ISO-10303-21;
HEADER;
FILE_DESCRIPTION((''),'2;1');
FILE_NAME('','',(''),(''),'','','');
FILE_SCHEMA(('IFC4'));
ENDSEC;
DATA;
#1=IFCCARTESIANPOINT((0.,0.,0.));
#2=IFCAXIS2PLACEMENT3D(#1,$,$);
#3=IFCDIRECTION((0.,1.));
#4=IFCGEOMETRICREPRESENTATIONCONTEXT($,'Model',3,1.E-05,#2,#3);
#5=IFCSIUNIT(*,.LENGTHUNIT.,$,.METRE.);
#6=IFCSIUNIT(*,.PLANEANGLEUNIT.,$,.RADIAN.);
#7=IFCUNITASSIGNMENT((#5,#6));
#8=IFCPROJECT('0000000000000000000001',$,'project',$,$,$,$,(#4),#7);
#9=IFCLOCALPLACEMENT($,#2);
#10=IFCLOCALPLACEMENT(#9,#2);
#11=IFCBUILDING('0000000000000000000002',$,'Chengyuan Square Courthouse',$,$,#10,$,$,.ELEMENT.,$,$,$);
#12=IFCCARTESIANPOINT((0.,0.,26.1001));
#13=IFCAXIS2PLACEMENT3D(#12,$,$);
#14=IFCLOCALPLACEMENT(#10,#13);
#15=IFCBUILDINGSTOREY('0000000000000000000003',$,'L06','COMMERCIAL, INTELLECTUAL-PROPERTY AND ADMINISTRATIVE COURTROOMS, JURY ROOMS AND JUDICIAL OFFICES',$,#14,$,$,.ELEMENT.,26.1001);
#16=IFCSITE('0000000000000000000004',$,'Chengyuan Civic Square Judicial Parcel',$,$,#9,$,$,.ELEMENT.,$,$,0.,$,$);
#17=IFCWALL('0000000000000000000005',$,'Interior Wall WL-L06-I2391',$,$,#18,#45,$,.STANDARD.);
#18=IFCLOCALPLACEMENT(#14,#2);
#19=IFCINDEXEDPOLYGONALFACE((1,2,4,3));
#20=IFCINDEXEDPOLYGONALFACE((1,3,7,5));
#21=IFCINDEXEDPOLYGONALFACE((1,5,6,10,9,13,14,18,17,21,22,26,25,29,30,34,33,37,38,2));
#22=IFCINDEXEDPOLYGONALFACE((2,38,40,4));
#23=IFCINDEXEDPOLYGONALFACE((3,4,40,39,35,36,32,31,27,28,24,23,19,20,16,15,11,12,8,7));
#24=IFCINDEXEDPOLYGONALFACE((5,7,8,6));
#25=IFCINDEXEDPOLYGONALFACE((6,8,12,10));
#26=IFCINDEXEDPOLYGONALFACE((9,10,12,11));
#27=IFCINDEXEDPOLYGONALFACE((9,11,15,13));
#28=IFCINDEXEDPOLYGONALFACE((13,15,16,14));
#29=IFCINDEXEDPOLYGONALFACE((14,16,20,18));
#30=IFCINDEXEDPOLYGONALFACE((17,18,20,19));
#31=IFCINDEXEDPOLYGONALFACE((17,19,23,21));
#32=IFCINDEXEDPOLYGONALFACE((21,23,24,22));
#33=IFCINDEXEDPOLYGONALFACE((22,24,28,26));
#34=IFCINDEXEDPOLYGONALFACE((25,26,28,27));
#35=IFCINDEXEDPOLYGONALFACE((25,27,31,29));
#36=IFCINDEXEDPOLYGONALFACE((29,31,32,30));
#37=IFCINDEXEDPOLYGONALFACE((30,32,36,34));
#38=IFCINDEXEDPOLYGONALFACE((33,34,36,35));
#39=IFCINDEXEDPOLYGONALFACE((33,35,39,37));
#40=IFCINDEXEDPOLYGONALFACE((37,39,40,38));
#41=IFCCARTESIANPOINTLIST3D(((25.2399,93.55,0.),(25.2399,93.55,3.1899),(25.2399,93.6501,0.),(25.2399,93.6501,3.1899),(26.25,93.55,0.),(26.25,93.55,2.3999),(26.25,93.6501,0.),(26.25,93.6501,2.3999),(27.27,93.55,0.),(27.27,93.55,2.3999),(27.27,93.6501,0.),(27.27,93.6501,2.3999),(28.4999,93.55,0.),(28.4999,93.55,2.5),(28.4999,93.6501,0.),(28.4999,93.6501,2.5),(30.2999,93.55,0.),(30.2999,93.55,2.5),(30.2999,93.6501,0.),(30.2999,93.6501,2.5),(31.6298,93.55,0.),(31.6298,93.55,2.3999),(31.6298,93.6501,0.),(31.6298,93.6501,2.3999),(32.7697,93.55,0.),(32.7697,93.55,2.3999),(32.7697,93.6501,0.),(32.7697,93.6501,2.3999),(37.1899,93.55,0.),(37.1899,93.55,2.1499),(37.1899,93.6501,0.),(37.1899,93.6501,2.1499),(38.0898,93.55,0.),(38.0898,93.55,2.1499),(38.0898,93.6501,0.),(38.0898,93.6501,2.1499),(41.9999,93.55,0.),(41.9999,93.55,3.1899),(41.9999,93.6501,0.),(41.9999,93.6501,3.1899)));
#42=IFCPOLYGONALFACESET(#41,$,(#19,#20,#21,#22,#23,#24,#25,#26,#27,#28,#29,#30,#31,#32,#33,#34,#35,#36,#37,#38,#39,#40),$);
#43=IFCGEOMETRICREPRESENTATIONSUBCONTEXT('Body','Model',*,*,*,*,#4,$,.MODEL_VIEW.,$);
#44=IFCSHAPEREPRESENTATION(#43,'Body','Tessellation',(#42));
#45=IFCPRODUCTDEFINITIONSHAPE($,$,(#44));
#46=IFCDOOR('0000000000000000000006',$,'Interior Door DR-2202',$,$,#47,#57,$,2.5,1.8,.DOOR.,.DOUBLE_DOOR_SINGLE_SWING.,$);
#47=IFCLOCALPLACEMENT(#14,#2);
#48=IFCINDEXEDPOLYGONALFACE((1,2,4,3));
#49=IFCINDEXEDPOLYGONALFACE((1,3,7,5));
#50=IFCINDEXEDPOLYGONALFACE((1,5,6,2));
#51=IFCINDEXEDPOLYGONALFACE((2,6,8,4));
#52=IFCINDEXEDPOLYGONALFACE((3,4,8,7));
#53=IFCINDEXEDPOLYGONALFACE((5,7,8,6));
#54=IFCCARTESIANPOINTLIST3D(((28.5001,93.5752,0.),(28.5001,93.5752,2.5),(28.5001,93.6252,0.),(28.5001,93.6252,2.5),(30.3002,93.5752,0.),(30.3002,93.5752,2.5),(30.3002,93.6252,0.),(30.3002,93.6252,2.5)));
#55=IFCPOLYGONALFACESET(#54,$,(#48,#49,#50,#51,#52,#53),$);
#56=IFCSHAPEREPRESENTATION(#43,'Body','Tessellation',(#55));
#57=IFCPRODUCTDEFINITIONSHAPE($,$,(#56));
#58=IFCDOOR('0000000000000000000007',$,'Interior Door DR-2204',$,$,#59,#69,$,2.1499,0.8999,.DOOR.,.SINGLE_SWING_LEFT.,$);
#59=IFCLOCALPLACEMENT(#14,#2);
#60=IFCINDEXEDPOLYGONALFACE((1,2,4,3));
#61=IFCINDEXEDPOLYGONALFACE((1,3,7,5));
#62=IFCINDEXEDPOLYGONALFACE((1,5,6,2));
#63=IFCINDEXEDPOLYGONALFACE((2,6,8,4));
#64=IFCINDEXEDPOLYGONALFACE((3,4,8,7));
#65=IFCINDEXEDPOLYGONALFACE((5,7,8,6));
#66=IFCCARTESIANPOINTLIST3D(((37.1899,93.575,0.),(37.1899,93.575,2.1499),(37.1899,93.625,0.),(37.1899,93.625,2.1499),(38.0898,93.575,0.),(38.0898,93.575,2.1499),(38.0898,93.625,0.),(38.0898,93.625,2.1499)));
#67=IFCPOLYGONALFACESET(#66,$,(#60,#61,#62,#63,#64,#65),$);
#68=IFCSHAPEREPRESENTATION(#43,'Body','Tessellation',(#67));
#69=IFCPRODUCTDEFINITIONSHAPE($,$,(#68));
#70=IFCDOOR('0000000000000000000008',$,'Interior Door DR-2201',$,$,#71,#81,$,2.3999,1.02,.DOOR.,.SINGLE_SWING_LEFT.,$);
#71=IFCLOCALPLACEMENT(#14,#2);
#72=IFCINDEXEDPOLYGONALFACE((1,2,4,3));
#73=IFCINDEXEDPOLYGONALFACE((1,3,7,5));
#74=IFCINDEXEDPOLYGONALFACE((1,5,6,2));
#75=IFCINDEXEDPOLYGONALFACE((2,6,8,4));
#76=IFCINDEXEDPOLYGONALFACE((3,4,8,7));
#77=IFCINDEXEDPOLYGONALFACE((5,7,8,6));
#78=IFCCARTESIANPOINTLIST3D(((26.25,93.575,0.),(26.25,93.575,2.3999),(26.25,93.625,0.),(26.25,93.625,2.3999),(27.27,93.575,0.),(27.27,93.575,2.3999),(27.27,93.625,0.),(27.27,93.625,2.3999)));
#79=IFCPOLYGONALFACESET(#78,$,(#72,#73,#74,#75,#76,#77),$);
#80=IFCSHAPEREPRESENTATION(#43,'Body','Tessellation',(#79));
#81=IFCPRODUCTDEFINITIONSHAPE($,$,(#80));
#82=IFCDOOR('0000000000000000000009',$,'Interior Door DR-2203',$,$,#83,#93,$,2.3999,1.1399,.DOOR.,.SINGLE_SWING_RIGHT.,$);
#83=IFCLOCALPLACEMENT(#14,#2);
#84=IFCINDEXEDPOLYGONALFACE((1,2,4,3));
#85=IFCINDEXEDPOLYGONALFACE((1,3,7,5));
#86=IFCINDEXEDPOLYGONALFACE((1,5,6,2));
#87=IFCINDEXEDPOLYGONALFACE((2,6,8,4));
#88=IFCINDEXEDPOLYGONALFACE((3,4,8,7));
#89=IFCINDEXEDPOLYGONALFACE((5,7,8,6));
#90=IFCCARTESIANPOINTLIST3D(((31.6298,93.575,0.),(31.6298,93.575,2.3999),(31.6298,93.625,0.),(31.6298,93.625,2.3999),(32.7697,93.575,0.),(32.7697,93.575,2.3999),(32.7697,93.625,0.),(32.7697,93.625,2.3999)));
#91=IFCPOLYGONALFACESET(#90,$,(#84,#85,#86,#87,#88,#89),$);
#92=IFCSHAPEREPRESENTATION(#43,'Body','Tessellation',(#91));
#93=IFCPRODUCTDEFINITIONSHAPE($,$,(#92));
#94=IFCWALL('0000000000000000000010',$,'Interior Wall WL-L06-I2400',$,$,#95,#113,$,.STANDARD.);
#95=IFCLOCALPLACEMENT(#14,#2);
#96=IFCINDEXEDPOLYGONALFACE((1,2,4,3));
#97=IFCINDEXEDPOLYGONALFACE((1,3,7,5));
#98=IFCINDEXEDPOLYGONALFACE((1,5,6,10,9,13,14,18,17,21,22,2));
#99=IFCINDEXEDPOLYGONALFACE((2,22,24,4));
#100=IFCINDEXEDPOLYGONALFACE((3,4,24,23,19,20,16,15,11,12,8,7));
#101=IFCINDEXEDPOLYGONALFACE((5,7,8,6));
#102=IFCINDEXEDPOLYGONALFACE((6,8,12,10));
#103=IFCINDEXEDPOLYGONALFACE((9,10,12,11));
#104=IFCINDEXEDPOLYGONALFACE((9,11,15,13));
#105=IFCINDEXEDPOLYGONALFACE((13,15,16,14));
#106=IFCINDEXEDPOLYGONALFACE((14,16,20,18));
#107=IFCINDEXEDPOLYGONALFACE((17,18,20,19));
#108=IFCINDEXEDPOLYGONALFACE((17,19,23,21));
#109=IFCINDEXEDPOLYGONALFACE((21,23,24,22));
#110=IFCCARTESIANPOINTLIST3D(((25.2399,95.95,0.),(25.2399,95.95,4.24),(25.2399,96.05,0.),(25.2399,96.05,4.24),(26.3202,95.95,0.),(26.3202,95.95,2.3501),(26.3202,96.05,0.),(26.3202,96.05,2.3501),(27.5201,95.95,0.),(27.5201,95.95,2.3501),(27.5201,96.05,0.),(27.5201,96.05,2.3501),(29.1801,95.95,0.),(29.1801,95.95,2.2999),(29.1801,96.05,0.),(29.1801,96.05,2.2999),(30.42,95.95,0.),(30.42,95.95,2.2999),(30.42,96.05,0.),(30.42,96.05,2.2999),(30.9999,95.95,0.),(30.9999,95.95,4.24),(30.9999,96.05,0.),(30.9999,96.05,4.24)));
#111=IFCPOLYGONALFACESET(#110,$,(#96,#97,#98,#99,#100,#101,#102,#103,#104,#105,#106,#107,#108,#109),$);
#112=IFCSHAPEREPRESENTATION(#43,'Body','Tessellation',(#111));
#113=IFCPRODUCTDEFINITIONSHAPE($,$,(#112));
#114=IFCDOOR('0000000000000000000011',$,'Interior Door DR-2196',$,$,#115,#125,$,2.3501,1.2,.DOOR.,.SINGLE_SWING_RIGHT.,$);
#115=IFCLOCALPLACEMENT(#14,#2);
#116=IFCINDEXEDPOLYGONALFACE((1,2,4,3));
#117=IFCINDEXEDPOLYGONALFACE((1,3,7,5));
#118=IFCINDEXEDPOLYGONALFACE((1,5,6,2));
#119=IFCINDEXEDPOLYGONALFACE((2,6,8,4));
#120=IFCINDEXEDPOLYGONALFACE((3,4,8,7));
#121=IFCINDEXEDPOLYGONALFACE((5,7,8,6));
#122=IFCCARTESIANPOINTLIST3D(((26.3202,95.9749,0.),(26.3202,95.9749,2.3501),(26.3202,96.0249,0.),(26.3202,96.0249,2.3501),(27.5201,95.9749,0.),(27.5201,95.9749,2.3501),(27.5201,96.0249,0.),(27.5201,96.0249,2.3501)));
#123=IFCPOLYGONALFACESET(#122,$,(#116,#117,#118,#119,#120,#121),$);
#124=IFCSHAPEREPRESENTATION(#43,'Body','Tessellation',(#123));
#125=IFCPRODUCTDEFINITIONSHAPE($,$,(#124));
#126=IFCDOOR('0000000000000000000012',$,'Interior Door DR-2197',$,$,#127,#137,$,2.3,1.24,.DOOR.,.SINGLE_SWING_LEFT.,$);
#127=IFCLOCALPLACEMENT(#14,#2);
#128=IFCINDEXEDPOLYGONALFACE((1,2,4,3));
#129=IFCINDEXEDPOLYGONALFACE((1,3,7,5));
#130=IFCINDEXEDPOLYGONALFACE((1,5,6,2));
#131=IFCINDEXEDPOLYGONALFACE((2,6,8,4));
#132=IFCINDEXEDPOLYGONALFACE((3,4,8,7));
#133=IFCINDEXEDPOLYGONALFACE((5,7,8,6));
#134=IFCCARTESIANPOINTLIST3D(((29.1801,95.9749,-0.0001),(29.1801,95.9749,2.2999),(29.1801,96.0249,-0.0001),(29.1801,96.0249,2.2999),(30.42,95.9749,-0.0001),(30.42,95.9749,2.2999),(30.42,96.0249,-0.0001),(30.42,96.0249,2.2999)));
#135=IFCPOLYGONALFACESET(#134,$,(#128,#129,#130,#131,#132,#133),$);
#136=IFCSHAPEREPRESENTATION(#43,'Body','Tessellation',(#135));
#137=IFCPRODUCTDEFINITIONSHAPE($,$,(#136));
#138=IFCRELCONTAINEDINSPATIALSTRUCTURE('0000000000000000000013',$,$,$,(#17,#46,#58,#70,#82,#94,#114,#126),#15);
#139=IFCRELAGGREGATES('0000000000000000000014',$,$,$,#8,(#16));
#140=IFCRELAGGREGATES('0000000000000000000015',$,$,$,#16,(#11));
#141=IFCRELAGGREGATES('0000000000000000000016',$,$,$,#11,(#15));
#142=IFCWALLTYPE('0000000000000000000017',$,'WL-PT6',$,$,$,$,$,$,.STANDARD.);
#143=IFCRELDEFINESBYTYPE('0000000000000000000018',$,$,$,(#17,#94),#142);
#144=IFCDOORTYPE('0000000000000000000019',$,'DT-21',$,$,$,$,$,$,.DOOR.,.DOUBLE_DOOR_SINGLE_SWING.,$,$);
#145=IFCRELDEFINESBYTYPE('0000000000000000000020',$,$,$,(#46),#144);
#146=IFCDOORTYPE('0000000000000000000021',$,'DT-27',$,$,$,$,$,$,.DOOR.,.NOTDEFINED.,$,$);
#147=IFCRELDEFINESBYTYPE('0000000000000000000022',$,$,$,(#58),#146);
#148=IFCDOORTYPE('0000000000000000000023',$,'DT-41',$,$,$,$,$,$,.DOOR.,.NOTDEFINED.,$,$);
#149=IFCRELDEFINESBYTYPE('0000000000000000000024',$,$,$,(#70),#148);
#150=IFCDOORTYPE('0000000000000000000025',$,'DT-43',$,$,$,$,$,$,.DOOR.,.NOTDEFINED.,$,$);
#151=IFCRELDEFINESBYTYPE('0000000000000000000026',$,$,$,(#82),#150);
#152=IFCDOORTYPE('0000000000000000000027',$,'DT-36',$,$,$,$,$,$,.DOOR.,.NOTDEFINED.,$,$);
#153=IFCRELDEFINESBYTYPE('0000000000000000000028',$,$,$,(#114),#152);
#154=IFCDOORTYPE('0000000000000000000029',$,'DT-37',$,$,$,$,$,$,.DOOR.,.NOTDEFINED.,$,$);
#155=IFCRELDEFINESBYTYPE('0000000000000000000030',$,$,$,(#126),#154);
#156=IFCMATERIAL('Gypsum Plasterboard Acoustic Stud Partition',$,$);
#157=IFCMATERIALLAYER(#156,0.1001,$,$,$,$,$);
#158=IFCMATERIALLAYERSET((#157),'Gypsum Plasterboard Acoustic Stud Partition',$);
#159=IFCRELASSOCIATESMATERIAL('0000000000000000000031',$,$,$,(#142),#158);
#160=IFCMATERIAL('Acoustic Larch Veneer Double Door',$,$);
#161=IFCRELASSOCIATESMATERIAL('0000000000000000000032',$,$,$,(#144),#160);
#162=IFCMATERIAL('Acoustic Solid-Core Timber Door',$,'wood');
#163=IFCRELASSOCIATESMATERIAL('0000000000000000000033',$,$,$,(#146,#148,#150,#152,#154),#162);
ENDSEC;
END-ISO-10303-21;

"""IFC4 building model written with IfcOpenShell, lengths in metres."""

from ifc_helpers import new_model, si_unit, direction, frame, frame_2d, origin, place, context, subcontext, project, spatial, rectangle, extrude, material, layer, layer_set, type_object, element, fill, save


model = new_model("IFC4")

# Units and contexts
model_context = context("Model", 3, precision=1e-05, world=origin(), true_north=direction((0.0, 1.0)))
body_context = subcontext(model_context, "Body", "Model", "MODEL_VIEW")
ifc_project = project(units=[si_unit("LENGTHUNIT", "METRE"), si_unit("PLANEANGLEUNIT", "RADIAN")], contexts=[model_context])

# Site, building, storey
site_placement = place(None, origin())
site = spatial("IfcSite", under=ifc_project, at=site_placement, Name="Chengyuan Civic Square Judicial Parcel", CompositionType="ELEMENT", RefElevation=0.0)
building_placement = place(site_placement, origin())
building = spatial("IfcBuilding", under=site, at=building_placement, Name="Chengyuan Square Courthouse", CompositionType="ELEMENT")
storey_placement = place(building_placement, frame((0.0, 0.0, 26.1001)))
storey = spatial("IfcBuildingStorey", under=building, at=storey_placement, Name="L06", Description="COMMERCIAL, INTELLECTUAL-PROPERTY AND ADMINISTRATIVE COURTROOMS, JURY ROOMS AND JUDICIAL OFFICES", CompositionType="ELEMENT", Elevation=26.1001)

# Shared definitions
ifc_material_1 = material(Name="Acoustic Solid-Core Timber Door", Category="wood")

# Walls, openings, doors
ifc_material_2 = material(Name="Gypsum Plasterboard Acoustic Stud Partition")
ifc_layer_1 = layer(ifc_material_2, 0.1001)
ifc_layer_set_1 = layer_set([ifc_layer_1], Name="Gypsum Plasterboard Acoustic Stud Partition")
wall_type_1 = type_object("IfcWallType", Name="WL-PT6", PredefinedType="STANDARD", material=ifc_layer_set_1)
wall_1_placement = place(storey_placement, frame((25.24, 93.6001, 0.0), z_axis=(0.0, 0.0, 1.0), x_axis=(1.0, 0.0, 0.0)))
wall_1 = element("IfcWall", 1, at=wall_1_placement, inside=storey, type_object=wall_type_1, Name="Interior Wall WL-L06-I2391", PredefinedType="STANDARD", context=body_context, shape_type="SweptSolid", body=[
    extrude(rectangle(XDim=16.76, YDim=0.1001, at=frame_2d((8.3799, 0.0))), origin(), (0.0, 0.0, 1.0), 3.1899),
])
opening_1_placement = place(wall_1_placement, frame((1.01, 0.0, 0.0)))
opening_1 = element("IfcOpeningElement", 2, at=opening_1_placement, cuts=wall_1, PredefinedType="OPENING", context=body_context, shape_type="SweptSolid", body=[
    extrude(rectangle(XDim=1.02, YDim=2.3999, at=frame_2d((0.51, 1.2))), frame((0.0, 0.062, 0.0), z_axis=(0.0, -1.0, 0.0), x_axis=(1.0, 0.0, 0.0)), (0.0, 0.0, 1.0), 0.124),
])
opening_2_placement = place(wall_1_placement, frame((3.26, 0.0, 0.0)))
opening_2 = element("IfcOpeningElement", 3, at=opening_2_placement, cuts=wall_1, PredefinedType="OPENING", context=body_context, shape_type="SweptSolid", body=[
    extrude(rectangle(XDim=1.8, YDim=2.5, at=frame_2d((0.8999, 1.25))), frame((0.0, 0.062, 0.0), z_axis=(0.0, -1.0, 0.0), x_axis=(1.0, 0.0, 0.0)), (0.0, 0.0, 1.0), 0.124),
])
opening_3_placement = place(wall_1_placement, frame((6.3899, 0.0, 0.0)))
opening_3 = element("IfcOpeningElement", 4, at=opening_3_placement, cuts=wall_1, PredefinedType="OPENING", context=body_context, shape_type="SweptSolid", body=[
    extrude(rectangle(XDim=1.1399, YDim=2.3999, at=frame_2d((0.5698, 1.2))), frame((0.0, 0.062, 0.0), z_axis=(0.0, -1.0, 0.0), x_axis=(1.0, 0.0, 0.0)), (0.0, 0.0, 1.0), 0.124),
])
opening_4_placement = place(wall_1_placement, frame((11.95, 0.0, 0.0)))
opening_4 = element("IfcOpeningElement", 5, at=opening_4_placement, cuts=wall_1, PredefinedType="OPENING", context=body_context, shape_type="SweptSolid", body=[
    extrude(rectangle(XDim=0.8999, YDim=2.1499, at=frame_2d((0.45, 1.075))), frame((0.0, 0.062, 0.0), z_axis=(0.0, -1.0, 0.0), x_axis=(1.0, 0.0, 0.0)), (0.0, 0.0, 1.0), 0.124),
])
ifc_material_3 = material(Name="Acoustic Larch Veneer Double Door")
door_type_1 = type_object("IfcDoorType", Name="DT-21", OperationType="DOUBLE_DOOR_SINGLE_SWING", PredefinedType="DOOR", material=ifc_material_3)
door_1_placement = place(opening_2_placement, frame((1.8, 0.0, 0.0), z_axis=(0.0, 0.0, 1.0), x_axis=(-1.0, 0.0, 0.0)))
door_1 = element("IfcDoor", 6, at=door_1_placement, inside=storey, type_object=door_type_1, Name="Interior Door DR-2202", OperationType="DOUBLE_DOOR_SINGLE_SWING", OverallHeight=2.5, OverallWidth=1.8, PredefinedType="DOOR", context=body_context, shape_type="SweptSolid", body=[
    extrude(rectangle(XDim=1.8, YDim=2.5, at=frame_2d((0.8999, 1.25))), frame((0.0, 0.0249, 0.0), z_axis=(0.0, -1.0, 0.0), x_axis=(1.0, 0.0, 0.0)), (0.0, 0.0, 1.0), 0.05),
])
fill(opening_2, door_1)
door_type_2 = type_object("IfcDoorType", Name="DT-27", OperationType="NOTDEFINED", PredefinedType="DOOR", material=ifc_material_1)
door_2_placement = place(opening_4_placement, origin())
door_2 = element("IfcDoor", 7, at=door_2_placement, inside=storey, type_object=door_type_2, Name="Interior Door DR-2204", OperationType="SINGLE_SWING_LEFT", OverallHeight=2.1499, OverallWidth=0.8999, PredefinedType="DOOR", context=body_context, shape_type="SweptSolid", body=[
    extrude(rectangle(XDim=0.8999, YDim=2.1499, at=frame_2d((0.45, 1.075))), frame((0.0, 0.0249, 0.0), z_axis=(0.0, -1.0, 0.0), x_axis=(1.0, 0.0, 0.0)), (0.0, 0.0, 1.0), 0.05),
])
fill(opening_4, door_2)
door_type_3 = type_object("IfcDoorType", Name="DT-41", OperationType="NOTDEFINED", PredefinedType="DOOR", material=ifc_material_1)
door_3_placement = place(opening_1_placement, origin())
door_3 = element("IfcDoor", 8, at=door_3_placement, inside=storey, type_object=door_type_3, Name="Interior Door DR-2201", OperationType="SINGLE_SWING_LEFT", OverallHeight=2.3999, OverallWidth=1.02, PredefinedType="DOOR", context=body_context, shape_type="SweptSolid", body=[
    extrude(rectangle(XDim=1.02, YDim=2.3999, at=frame_2d((0.51, 1.2))), frame((0.0, 0.0249, 0.0), z_axis=(0.0, -1.0, 0.0), x_axis=(1.0, 0.0, 0.0)), (0.0, 0.0, 1.0), 0.05),
])
fill(opening_1, door_3)
door_type_4 = type_object("IfcDoorType", Name="DT-43", OperationType="NOTDEFINED", PredefinedType="DOOR", material=ifc_material_1)
door_4_placement = place(opening_3_placement, origin())
door_4 = element("IfcDoor", 9, at=door_4_placement, inside=storey, type_object=door_type_4, Name="Interior Door DR-2203", OperationType="SINGLE_SWING_RIGHT", OverallHeight=2.3999, OverallWidth=1.1399, PredefinedType="DOOR", context=body_context, shape_type="SweptSolid", body=[
    extrude(rectangle(XDim=1.1399, YDim=2.3999, at=frame_2d((0.5698, 1.2))), frame((0.0, 0.0249, 0.0), z_axis=(0.0, -1.0, 0.0), x_axis=(1.0, 0.0, 0.0)), (0.0, 0.0, 1.0), 0.05),
])
fill(opening_3, door_4)
wall_2_placement = place(storey_placement, frame((25.24, 96.0, 0.0), z_axis=(0.0, 0.0, 1.0), x_axis=(1.0, 0.0, 0.0)))
wall_2 = element("IfcWall", 10, at=wall_2_placement, inside=storey, type_object=wall_type_1, Name="Interior Wall WL-L06-I2400", PredefinedType="STANDARD", context=body_context, shape_type="SweptSolid", body=[
    extrude(rectangle(XDim=5.76, YDim=0.1001, at=frame_2d((2.8799, 0.0))), origin(), (0.0, 0.0, 1.0), 4.24),
])
opening_5_placement = place(wall_2_placement, frame((1.0801, 0.0, 0.0)))
opening_5 = element("IfcOpeningElement", 11, at=opening_5_placement, cuts=wall_2, PredefinedType="OPENING", context=body_context, shape_type="SweptSolid", body=[
    extrude(rectangle(XDim=1.2, YDim=2.3501, at=frame_2d((0.6001, 1.175))), frame((0.0, 0.062, 0.0), z_axis=(0.0, -1.0, 0.0), x_axis=(1.0, 0.0, 0.0)), (0.0, 0.0, 1.0), 0.124),
])
opening_6_placement = place(wall_2_placement, frame((3.9399, 0.0, 0.0)))
opening_6 = element("IfcOpeningElement", 12, at=opening_6_placement, cuts=wall_2, PredefinedType="OPENING", context=body_context, shape_type="SweptSolid", body=[
    extrude(rectangle(XDim=1.24, YDim=2.3, at=frame_2d((0.6201, 1.1499))), frame((0.0, 0.062, 0.0), z_axis=(0.0, -1.0, 0.0), x_axis=(1.0, 0.0, 0.0)), (0.0, 0.0, 1.0), 0.124),
])
door_type_5 = type_object("IfcDoorType", Name="DT-36", OperationType="NOTDEFINED", PredefinedType="DOOR", material=ifc_material_1)
door_5_placement = place(opening_5_placement, origin())
door_5 = element("IfcDoor", 13, at=door_5_placement, inside=storey, type_object=door_type_5, Name="Interior Door DR-2196", OperationType="SINGLE_SWING_RIGHT", OverallHeight=2.3501, OverallWidth=1.2, PredefinedType="DOOR", context=body_context, shape_type="SweptSolid", body=[
    extrude(rectangle(XDim=1.2, YDim=2.3501, at=frame_2d((0.6001, 1.175))), frame((0.0, 0.0249, 0.0), z_axis=(0.0, -1.0, 0.0), x_axis=(1.0, 0.0, 0.0)), (0.0, 0.0, 1.0), 0.05),
])
fill(opening_5, door_5)
door_type_6 = type_object("IfcDoorType", Name="DT-37", OperationType="NOTDEFINED", PredefinedType="DOOR", material=ifc_material_1)
door_6_placement = place(opening_6_placement, origin())
door_6 = element("IfcDoor", 14, at=door_6_placement, inside=storey, type_object=door_type_6, Name="Interior Door DR-2197", OperationType="SINGLE_SWING_LEFT", OverallHeight=2.3, OverallWidth=1.24, PredefinedType="DOOR", context=body_context, shape_type="SweptSolid", body=[
    extrude(rectangle(XDim=1.24, YDim=2.3, at=frame_2d((0.6201, 1.1499))), frame((0.0, 0.0249, 0.0), z_axis=(0.0, -1.0, 0.0), x_axis=(1.0, 0.0, 0.0)), (0.0, 0.0, 1.0), 0.05),
])
fill(opening_6, door_6)

save(model, "model.ifc")
